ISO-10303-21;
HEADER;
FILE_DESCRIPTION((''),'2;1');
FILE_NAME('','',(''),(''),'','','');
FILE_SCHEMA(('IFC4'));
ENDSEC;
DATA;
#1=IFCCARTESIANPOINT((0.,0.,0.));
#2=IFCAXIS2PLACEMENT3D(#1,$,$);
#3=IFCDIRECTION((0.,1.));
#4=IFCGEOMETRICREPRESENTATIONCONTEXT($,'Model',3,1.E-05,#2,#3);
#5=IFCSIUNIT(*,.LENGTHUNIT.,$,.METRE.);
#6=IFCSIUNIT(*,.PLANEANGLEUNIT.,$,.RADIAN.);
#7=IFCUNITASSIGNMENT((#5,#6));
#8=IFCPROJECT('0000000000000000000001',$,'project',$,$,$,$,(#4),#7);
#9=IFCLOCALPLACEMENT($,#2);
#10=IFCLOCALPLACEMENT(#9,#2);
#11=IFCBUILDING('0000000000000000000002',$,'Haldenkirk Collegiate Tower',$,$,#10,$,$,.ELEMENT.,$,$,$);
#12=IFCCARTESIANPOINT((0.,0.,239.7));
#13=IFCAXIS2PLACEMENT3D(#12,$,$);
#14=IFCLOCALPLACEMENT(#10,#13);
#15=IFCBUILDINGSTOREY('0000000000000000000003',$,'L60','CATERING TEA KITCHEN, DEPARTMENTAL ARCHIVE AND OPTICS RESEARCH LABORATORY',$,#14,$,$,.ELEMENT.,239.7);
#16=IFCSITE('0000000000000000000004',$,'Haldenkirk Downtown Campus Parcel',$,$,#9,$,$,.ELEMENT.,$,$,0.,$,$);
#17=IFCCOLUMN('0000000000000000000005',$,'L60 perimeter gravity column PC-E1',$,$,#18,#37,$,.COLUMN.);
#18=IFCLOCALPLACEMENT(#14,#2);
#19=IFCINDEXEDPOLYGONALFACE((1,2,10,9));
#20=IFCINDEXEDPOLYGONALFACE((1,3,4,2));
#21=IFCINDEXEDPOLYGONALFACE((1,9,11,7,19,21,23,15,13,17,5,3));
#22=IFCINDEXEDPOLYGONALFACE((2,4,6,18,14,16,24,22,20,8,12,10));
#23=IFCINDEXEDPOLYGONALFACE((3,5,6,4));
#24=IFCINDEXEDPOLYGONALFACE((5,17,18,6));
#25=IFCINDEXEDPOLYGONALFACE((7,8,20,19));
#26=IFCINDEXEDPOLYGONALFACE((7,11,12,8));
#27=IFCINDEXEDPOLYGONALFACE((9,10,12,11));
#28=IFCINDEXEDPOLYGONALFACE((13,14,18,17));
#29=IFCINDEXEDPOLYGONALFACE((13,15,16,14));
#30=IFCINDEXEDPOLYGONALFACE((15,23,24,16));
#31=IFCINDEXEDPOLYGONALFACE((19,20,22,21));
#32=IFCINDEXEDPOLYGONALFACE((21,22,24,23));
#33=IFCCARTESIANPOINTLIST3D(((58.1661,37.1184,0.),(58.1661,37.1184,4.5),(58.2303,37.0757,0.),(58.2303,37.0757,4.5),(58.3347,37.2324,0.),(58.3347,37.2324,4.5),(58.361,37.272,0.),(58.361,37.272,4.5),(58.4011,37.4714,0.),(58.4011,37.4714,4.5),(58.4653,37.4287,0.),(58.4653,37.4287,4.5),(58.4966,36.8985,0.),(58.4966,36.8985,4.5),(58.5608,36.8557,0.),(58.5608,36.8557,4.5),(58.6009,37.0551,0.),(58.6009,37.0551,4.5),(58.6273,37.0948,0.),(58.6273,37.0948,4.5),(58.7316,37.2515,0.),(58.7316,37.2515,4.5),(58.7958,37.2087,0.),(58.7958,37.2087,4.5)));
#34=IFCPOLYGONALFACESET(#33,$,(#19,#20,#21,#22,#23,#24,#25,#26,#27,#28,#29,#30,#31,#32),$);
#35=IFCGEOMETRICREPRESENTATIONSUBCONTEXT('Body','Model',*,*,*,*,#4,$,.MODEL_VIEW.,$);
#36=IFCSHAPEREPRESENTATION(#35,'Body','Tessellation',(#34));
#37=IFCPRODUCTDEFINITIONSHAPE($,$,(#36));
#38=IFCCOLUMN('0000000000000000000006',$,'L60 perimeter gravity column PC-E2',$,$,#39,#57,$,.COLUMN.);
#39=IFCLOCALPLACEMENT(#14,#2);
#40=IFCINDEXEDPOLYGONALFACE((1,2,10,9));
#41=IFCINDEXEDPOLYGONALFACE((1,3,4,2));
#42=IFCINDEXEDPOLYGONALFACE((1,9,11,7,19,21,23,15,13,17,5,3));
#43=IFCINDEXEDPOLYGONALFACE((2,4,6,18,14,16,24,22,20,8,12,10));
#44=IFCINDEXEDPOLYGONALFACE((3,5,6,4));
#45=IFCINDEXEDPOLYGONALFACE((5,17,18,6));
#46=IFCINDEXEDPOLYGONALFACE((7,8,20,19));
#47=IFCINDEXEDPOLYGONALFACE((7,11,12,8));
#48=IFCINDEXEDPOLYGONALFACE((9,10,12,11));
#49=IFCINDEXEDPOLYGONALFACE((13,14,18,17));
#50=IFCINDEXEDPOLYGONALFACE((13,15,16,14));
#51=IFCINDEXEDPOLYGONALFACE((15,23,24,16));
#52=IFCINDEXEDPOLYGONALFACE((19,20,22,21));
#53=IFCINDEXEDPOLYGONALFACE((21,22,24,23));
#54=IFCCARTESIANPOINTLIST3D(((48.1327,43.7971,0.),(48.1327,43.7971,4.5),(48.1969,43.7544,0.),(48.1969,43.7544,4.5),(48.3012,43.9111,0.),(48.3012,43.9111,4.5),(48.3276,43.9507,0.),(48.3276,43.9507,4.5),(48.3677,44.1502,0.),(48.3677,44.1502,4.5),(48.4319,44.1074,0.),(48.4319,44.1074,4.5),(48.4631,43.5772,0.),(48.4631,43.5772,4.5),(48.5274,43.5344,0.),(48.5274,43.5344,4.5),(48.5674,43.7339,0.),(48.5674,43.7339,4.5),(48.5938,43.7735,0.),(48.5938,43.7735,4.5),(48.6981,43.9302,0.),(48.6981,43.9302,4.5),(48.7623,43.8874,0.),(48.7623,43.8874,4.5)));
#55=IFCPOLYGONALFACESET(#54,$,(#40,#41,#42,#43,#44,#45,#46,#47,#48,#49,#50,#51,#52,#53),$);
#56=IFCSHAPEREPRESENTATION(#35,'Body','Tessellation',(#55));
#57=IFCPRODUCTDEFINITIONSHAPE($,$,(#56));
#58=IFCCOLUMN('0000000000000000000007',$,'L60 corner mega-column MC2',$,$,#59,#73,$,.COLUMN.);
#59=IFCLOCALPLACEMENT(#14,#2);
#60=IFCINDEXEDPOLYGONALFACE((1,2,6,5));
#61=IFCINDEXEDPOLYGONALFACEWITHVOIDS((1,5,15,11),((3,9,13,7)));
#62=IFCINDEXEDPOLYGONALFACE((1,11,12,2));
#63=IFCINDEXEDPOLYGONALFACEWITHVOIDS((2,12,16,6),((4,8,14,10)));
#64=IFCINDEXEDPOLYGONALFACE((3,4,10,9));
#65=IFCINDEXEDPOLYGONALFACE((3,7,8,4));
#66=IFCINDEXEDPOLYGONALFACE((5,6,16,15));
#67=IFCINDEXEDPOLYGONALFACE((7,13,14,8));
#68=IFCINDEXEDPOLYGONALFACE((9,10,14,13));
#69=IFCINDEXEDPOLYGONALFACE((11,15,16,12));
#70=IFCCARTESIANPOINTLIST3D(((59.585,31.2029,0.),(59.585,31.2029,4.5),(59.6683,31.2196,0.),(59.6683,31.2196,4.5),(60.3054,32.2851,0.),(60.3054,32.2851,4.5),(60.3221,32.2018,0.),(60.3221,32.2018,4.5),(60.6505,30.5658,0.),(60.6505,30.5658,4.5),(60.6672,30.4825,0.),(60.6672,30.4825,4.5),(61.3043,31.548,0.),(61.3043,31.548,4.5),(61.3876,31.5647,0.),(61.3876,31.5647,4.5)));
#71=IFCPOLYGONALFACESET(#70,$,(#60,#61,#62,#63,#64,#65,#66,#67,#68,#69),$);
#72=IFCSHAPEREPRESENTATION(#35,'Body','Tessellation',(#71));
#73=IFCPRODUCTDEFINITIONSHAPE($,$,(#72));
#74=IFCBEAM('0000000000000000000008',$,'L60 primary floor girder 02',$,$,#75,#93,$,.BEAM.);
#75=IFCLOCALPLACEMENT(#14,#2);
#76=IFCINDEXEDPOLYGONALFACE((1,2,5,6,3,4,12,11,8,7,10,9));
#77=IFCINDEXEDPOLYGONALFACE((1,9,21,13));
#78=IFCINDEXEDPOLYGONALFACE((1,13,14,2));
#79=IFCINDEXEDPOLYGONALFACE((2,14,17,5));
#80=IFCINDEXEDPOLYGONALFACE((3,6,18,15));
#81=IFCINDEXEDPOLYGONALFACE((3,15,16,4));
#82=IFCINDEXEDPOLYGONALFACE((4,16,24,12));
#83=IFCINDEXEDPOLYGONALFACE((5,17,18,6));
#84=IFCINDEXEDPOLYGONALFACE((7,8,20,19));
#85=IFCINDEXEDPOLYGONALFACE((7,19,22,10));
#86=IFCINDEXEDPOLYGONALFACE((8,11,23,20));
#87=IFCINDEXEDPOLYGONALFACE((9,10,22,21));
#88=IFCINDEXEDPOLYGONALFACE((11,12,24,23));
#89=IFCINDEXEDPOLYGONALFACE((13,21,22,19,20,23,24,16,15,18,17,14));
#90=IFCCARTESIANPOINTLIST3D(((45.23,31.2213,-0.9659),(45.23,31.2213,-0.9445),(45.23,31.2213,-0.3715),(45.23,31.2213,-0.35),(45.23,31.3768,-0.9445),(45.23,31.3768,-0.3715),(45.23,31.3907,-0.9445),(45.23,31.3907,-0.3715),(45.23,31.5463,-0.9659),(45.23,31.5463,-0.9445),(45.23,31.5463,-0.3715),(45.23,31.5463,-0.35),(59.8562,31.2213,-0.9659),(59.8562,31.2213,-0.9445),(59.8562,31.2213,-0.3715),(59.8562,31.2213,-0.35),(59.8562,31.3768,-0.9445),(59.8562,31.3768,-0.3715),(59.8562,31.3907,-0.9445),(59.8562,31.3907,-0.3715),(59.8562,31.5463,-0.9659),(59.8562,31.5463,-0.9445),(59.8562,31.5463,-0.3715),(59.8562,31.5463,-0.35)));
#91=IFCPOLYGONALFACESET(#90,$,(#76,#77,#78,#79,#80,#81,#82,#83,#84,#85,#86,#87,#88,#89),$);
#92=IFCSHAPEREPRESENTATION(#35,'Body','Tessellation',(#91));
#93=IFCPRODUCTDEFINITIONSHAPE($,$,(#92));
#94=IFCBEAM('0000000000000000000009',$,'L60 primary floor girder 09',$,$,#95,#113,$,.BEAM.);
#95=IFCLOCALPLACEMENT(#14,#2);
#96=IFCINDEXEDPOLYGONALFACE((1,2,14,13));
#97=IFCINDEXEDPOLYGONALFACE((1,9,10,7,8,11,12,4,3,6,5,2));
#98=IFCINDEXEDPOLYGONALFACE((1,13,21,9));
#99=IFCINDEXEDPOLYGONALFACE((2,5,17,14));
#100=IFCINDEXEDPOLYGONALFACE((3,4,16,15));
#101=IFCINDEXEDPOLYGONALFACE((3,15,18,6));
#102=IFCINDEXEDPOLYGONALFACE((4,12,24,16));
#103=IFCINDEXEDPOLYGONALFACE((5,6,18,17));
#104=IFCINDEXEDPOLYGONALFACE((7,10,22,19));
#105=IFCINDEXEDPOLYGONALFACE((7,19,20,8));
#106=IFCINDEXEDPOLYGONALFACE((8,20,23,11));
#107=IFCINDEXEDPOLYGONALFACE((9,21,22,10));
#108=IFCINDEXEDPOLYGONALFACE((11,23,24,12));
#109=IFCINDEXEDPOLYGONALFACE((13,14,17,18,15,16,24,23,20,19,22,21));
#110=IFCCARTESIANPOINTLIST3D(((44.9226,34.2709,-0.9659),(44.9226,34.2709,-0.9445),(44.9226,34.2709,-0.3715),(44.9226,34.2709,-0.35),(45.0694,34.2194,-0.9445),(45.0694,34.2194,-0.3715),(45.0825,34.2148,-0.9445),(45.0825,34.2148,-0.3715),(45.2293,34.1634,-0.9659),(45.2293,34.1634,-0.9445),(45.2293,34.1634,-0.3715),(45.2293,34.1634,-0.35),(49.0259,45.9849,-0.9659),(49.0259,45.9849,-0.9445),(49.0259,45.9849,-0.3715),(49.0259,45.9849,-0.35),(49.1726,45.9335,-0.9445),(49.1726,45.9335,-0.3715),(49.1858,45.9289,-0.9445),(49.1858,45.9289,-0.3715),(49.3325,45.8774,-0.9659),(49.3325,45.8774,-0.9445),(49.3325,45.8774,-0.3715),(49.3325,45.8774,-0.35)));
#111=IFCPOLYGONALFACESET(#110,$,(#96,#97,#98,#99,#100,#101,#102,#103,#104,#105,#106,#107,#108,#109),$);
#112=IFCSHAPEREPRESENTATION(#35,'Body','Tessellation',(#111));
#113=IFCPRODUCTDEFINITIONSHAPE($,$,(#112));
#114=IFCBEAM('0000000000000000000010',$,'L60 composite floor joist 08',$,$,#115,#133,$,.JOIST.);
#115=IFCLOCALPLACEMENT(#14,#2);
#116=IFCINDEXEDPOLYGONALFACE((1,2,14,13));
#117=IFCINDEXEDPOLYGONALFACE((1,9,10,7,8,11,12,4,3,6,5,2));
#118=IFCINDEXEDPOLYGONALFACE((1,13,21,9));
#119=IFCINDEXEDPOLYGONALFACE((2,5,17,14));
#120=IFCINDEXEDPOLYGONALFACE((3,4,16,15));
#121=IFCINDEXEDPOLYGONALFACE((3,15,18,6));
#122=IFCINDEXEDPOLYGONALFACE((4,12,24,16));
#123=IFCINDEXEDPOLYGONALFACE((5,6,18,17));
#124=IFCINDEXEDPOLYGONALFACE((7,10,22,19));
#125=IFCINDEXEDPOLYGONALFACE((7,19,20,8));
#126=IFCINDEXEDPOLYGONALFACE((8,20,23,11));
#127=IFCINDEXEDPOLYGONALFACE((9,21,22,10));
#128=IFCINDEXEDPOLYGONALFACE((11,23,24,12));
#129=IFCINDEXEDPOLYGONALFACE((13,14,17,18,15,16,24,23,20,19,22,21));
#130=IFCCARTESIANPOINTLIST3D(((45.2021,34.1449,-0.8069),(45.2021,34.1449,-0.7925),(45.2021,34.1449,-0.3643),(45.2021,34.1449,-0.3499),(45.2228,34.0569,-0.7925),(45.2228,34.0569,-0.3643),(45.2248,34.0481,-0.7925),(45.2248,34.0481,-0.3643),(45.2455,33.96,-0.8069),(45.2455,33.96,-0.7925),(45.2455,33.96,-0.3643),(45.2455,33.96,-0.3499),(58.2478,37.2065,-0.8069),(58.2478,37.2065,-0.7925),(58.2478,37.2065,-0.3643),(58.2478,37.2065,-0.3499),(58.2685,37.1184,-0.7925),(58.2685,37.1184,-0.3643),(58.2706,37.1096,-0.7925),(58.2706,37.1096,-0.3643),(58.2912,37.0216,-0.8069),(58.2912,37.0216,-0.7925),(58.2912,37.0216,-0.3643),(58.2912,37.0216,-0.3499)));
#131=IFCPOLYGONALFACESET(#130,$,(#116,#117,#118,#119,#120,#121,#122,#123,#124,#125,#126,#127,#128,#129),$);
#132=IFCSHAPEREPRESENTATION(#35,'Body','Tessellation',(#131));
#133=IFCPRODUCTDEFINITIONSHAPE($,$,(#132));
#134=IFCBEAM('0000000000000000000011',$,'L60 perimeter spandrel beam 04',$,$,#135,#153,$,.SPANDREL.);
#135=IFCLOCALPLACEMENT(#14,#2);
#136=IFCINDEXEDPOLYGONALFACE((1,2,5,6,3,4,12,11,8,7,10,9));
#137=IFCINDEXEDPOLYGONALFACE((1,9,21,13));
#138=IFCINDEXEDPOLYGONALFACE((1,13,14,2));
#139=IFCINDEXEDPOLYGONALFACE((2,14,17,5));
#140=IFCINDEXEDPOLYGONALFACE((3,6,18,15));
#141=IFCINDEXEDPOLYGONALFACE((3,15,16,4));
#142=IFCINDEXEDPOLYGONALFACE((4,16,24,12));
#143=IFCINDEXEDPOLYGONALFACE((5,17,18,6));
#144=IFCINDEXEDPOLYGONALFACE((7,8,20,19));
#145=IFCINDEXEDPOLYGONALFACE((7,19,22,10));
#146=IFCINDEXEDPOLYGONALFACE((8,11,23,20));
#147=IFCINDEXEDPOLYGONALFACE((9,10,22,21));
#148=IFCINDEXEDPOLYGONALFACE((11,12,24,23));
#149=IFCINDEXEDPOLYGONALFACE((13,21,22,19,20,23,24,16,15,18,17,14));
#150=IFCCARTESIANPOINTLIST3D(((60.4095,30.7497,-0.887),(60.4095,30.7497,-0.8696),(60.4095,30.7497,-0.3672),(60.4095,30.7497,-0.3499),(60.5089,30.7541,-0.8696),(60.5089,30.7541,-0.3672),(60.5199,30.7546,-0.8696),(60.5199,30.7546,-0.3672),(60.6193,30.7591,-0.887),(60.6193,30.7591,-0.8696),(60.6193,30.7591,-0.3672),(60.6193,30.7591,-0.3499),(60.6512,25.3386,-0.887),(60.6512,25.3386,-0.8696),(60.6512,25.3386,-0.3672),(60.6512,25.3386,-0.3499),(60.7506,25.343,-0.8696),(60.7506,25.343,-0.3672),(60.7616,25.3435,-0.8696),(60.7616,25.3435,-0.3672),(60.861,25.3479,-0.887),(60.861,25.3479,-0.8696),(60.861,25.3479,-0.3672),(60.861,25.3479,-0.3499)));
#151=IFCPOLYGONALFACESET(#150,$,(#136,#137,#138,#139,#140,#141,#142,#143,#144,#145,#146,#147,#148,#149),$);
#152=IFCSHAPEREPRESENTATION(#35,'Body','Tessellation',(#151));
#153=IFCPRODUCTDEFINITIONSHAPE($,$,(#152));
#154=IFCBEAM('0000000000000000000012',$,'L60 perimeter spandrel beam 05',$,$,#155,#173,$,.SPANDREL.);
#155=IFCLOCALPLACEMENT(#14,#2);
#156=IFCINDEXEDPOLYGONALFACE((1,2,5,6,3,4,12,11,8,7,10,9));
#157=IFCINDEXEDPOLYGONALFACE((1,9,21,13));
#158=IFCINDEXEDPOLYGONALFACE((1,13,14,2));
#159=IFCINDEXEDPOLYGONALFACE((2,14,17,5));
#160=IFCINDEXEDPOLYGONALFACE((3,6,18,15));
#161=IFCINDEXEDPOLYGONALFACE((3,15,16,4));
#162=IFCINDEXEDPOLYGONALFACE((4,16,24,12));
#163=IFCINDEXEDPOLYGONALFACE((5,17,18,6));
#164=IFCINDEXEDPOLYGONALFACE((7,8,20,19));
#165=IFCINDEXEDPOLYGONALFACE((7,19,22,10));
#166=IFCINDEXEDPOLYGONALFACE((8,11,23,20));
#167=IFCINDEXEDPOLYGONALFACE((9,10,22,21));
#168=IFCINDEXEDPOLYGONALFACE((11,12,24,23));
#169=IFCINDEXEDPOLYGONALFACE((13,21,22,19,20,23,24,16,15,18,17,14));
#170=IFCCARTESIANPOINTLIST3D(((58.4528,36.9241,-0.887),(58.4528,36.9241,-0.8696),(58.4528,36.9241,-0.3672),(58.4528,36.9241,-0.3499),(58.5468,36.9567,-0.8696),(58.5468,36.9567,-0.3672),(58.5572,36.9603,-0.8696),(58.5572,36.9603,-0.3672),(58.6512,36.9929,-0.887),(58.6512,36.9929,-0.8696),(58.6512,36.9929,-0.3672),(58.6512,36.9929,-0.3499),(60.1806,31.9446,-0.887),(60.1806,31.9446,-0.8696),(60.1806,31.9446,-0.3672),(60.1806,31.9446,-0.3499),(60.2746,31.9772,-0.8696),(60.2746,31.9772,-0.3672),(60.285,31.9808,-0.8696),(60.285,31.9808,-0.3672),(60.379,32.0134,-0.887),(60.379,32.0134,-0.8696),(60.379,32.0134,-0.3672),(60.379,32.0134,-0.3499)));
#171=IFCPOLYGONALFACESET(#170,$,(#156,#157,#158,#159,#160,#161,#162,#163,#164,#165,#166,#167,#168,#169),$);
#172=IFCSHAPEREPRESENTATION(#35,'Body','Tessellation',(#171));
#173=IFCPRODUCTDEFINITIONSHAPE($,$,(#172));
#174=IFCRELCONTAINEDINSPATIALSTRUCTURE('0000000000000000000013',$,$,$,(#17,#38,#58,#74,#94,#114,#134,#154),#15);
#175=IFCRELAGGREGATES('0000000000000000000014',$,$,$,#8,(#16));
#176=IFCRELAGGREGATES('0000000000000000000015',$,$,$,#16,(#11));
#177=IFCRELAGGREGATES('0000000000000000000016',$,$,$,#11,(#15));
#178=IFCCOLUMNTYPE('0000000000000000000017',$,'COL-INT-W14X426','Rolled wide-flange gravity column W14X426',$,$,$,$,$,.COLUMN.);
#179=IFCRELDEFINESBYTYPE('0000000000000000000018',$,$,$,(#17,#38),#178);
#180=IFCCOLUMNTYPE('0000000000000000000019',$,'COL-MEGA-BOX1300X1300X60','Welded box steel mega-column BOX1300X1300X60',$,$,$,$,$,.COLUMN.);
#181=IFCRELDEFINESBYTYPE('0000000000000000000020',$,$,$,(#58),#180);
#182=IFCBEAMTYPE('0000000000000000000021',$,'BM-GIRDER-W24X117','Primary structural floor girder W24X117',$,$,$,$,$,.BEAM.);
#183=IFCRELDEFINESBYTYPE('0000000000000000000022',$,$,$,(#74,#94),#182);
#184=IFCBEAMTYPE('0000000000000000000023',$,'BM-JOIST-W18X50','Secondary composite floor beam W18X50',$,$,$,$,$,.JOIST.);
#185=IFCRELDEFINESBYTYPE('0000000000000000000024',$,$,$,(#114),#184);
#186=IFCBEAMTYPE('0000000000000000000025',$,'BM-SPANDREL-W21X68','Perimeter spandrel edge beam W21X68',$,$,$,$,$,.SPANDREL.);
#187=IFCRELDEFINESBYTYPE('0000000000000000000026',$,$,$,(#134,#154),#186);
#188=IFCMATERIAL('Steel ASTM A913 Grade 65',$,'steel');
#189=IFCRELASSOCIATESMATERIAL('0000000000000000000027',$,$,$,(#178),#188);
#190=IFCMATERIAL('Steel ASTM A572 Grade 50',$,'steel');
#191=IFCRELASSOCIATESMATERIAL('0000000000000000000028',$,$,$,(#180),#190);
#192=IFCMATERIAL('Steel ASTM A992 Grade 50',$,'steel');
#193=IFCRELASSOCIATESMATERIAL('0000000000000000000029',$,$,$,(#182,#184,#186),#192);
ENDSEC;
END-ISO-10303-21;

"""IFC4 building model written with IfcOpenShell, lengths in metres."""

from ifc_helpers import new_model, si_unit, direction, frame, origin, origin_2d, place, context, subcontext, project, spatial, hollow_rectangle, i_section, extrude, material, material_profile, profile_set, type_object, element, save


model = new_model("IFC4")

# Units and contexts
model_context = context("Model", 3, precision=1e-05, world=origin(), true_north=direction((0.0, 1.0)))
body_context = subcontext(model_context, "Body", "Model", "MODEL_VIEW")
ifc_project = project(units=[si_unit("LENGTHUNIT", "METRE"), si_unit("PLANEANGLEUNIT", "RADIAN")], contexts=[model_context])

# Site, building, storey
site_placement = place(None, origin())
site = spatial("IfcSite", under=ifc_project, at=site_placement, Name="Haldenkirk Downtown Campus Parcel", CompositionType="ELEMENT", RefElevation=0.0)
building_placement = place(site_placement, origin())
building = spatial("IfcBuilding", under=site, at=building_placement, Name="Haldenkirk Collegiate Tower", CompositionType="ELEMENT")
storey_placement = place(building_placement, frame((0.0, 0.0, 239.7)))
storey = spatial("IfcBuildingStorey", under=building, at=storey_placement, Name="L60", Description="CATERING TEA KITCHEN, DEPARTMENTAL ARCHIVE AND OPTICS RESEARCH LABORATORY", CompositionType="ELEMENT", Elevation=239.7)

# Columns
ifc_material_1 = material(Name="Steel ASTM A913 Grade 65", Category="steel")
ifc_material_profile_1 = material_profile(ifc_material_1, i_section(OverallWidth=0.4241, OverallDepth=0.4741, WebThickness=0.0476, FlangeThickness=0.0771, at=origin_2d()), Name="W14X426")
ifc_profile_set_1 = profile_set([ifc_material_profile_1], Name="Steel ASTM A913 Grade 65")
column_type_1 = type_object("IfcColumnType", Name="COL-INT-W14X426", Description="Rolled wide-flange gravity column W14X426", PredefinedType="COLUMN", material=ifc_profile_set_1)
for number, where, z_axis, x_axis, name in (
    (1, (58.481, 37.1636, 0.0), (0.0, 0.0, 1.0), (0.554118, 0.832438, 0.0), "L60 perimeter gravity column PC-E1"),
    (2, (48.4475, 43.8423, 0.0), (0.0, 0.0, 1.0), (0.554118, 0.832438, 0.0), "L60 perimeter gravity column PC-E2"),
):
    element("IfcColumn", number, at=place(storey_placement, frame(where, z_axis=z_axis, x_axis=x_axis)), inside=storey, type_object=column_type_1, Name=name, PredefinedType="COLUMN", context=body_context, shape_type="SweptSolid", body=[
        extrude(i_section(OverallWidth=0.4241, OverallDepth=0.4741, WebThickness=0.0476, FlangeThickness=0.0771, at=origin_2d()), origin(), (0.0, 0.0, 1.0), 4.5),
    ])
ifc_material_2 = material(Name="Steel ASTM A572 Grade 50", Category="steel")
ifc_material_profile_2 = material_profile(ifc_material_2, hollow_rectangle(XDim=1.3, YDim=1.3, WallThickness=0.0601, at=origin_2d()), Name="BOX1300X1300X60")
ifc_profile_set_2 = profile_set([ifc_material_profile_2], Name="Steel ASTM A572 Grade 50")
column_type_2 = type_object("IfcColumnType", Name="COL-MEGA-BOX1300X1300X60", Description="Welded box steel mega-column BOX1300X1300X60", PredefinedType="COLUMN", material=ifc_profile_set_2)
column_placement = place(storey_placement, frame((60.4863, 31.3838, 0.0), z_axis=(0.0, 0.0, 1.0), x_axis=(0.554118, 0.832438, 0.0)))
element("IfcColumn", 3, at=column_placement, inside=storey, type_object=column_type_2, Name="L60 corner mega-column MC2", PredefinedType="COLUMN", context=body_context, shape_type="SweptSolid", body=[
    extrude(hollow_rectangle(XDim=1.3, YDim=1.3, WallThickness=0.0601, at=origin_2d()), origin(), (0.0, 0.0, 1.0), 4.5),
])

# Beams
ifc_material_3 = material(Name="Steel ASTM A992 Grade 50", Category="steel")
ifc_material_profile_3 = material_profile(ifc_material_3, i_section(OverallWidth=0.325, OverallDepth=0.616, WebThickness=0.0139, FlangeThickness=0.0215, at=origin_2d()), Name="W24X117")
ifc_profile_set_3 = profile_set([ifc_material_profile_3], Name="Steel ASTM A992 Grade 50")
beam_type_1 = type_object("IfcBeamType", Name="BM-GIRDER-W24X117", Description="Primary structural floor girder W24X117", PredefinedType="BEAM", material=ifc_profile_set_3)
beam_1_placement = place(storey_placement, frame((59.8562, 31.3838, -0.658), z_axis=(-1.0, 0.0, 0.0), x_axis=(0.0, -1.0, 0.0)))
element("IfcBeam", 4, at=beam_1_placement, inside=storey, type_object=beam_type_1, Name="L60 primary floor girder 02", PredefinedType="BEAM", context=body_context, shape_type="SweptSolid", body=[
    extrude(i_section(OverallWidth=0.325, OverallDepth=0.616, WebThickness=0.0139, FlangeThickness=0.0215, at=origin_2d()), origin(), (0.0, 0.0, 1.0), 14.6262),
])
beam_2_placement = place(storey_placement, frame((49.1792, 45.9312, -0.658), z_axis=(-0.33059, -0.943775, 0.0), x_axis=(0.943775, -0.33059, 0.0)))
element("IfcBeam", 5, at=beam_2_placement, inside=storey, type_object=beam_type_1, Name="L60 primary floor girder 09", PredefinedType="BEAM", context=body_context, shape_type="SweptSolid", body=[
    extrude(i_section(OverallWidth=0.325, OverallDepth=0.616, WebThickness=0.0139, FlangeThickness=0.0215, at=origin_2d()), origin(), (0.0, 0.0, 1.0), 12.4119),
])
ifc_material_profile_4 = material_profile(ifc_material_3, i_section(OverallWidth=0.1899, OverallDepth=0.457, WebThickness=0.009, FlangeThickness=0.0144, at=origin_2d()), Name="W18X50")
ifc_profile_set_4 = profile_set([ifc_material_profile_4], Name="Steel ASTM A992 Grade 50")
beam_type_2 = type_object("IfcBeamType", Name="BM-JOIST-W18X50", Description="Secondary composite floor beam W18X50", PredefinedType="JOIST", material=ifc_profile_set_4)
beam_3_placement = place(storey_placement, frame((58.2695, 37.114, -0.5784), z_axis=(-0.973551, -0.228471, 0.0), x_axis=(0.228471, -0.973551, 0.0)))
element("IfcBeam", 6, at=beam_3_placement, inside=storey, type_object=beam_type_2, Name="L60 composite floor joist 08", PredefinedType="JOIST", context=body_context, shape_type="SweptSolid", body=[
    extrude(i_section(OverallWidth=0.1899, OverallDepth=0.457, WebThickness=0.009, FlangeThickness=0.0144, at=origin_2d()), origin(), (0.0, 0.0, 1.0), 13.4001),
])
ifc_material_profile_5 = material_profile(ifc_material_3, i_section(OverallWidth=0.21, OverallDepth=0.5371, WebThickness=0.011, FlangeThickness=0.0173, at=origin_2d()), Name="W21X68")
ifc_profile_set_5 = profile_set([ifc_material_profile_5], Name="Steel ASTM A992 Grade 50")
beam_type_3 = type_object("IfcBeamType", Name="BM-SPANDREL-W21X68", Description="Perimeter spandrel edge beam W21X68", PredefinedType="SPANDREL", material=ifc_profile_set_5)
beam_4_placement = place(storey_placement, frame((60.7561, 25.3433, -0.6184), z_axis=(-0.044623, 0.999004, 0.0), x_axis=(-0.999004, -0.044623, 0.0)))
element("IfcBeam", 7, at=beam_4_placement, inside=storey, type_object=beam_type_3, Name="L60 perimeter spandrel beam 04", PredefinedType="SPANDREL", context=body_context, shape_type="SweptSolid", body=[
    extrude(i_section(OverallWidth=0.21, OverallDepth=0.5371, WebThickness=0.011, FlangeThickness=0.0173, at=origin_2d()), origin(), (0.0, 0.0, 1.0), 5.4165),
])
beam_5_placement = place(storey_placement, frame((60.2798, 31.979, -0.6184), z_axis=(-0.327807, 0.944745, 0.0), x_axis=(-0.944745, -0.327807, 0.0)))
element("IfcBeam", 8, at=beam_5_placement, inside=storey, type_object=beam_type_3, Name="L60 perimeter spandrel beam 05", PredefinedType="SPANDREL", context=body_context, shape_type="SweptSolid", body=[
    extrude(i_section(OverallWidth=0.21, OverallDepth=0.5371, WebThickness=0.011, FlangeThickness=0.0173, at=origin_2d()), origin(), (0.0, 0.0, 1.0), 5.2708),
])

save(model, "model.ifc")
